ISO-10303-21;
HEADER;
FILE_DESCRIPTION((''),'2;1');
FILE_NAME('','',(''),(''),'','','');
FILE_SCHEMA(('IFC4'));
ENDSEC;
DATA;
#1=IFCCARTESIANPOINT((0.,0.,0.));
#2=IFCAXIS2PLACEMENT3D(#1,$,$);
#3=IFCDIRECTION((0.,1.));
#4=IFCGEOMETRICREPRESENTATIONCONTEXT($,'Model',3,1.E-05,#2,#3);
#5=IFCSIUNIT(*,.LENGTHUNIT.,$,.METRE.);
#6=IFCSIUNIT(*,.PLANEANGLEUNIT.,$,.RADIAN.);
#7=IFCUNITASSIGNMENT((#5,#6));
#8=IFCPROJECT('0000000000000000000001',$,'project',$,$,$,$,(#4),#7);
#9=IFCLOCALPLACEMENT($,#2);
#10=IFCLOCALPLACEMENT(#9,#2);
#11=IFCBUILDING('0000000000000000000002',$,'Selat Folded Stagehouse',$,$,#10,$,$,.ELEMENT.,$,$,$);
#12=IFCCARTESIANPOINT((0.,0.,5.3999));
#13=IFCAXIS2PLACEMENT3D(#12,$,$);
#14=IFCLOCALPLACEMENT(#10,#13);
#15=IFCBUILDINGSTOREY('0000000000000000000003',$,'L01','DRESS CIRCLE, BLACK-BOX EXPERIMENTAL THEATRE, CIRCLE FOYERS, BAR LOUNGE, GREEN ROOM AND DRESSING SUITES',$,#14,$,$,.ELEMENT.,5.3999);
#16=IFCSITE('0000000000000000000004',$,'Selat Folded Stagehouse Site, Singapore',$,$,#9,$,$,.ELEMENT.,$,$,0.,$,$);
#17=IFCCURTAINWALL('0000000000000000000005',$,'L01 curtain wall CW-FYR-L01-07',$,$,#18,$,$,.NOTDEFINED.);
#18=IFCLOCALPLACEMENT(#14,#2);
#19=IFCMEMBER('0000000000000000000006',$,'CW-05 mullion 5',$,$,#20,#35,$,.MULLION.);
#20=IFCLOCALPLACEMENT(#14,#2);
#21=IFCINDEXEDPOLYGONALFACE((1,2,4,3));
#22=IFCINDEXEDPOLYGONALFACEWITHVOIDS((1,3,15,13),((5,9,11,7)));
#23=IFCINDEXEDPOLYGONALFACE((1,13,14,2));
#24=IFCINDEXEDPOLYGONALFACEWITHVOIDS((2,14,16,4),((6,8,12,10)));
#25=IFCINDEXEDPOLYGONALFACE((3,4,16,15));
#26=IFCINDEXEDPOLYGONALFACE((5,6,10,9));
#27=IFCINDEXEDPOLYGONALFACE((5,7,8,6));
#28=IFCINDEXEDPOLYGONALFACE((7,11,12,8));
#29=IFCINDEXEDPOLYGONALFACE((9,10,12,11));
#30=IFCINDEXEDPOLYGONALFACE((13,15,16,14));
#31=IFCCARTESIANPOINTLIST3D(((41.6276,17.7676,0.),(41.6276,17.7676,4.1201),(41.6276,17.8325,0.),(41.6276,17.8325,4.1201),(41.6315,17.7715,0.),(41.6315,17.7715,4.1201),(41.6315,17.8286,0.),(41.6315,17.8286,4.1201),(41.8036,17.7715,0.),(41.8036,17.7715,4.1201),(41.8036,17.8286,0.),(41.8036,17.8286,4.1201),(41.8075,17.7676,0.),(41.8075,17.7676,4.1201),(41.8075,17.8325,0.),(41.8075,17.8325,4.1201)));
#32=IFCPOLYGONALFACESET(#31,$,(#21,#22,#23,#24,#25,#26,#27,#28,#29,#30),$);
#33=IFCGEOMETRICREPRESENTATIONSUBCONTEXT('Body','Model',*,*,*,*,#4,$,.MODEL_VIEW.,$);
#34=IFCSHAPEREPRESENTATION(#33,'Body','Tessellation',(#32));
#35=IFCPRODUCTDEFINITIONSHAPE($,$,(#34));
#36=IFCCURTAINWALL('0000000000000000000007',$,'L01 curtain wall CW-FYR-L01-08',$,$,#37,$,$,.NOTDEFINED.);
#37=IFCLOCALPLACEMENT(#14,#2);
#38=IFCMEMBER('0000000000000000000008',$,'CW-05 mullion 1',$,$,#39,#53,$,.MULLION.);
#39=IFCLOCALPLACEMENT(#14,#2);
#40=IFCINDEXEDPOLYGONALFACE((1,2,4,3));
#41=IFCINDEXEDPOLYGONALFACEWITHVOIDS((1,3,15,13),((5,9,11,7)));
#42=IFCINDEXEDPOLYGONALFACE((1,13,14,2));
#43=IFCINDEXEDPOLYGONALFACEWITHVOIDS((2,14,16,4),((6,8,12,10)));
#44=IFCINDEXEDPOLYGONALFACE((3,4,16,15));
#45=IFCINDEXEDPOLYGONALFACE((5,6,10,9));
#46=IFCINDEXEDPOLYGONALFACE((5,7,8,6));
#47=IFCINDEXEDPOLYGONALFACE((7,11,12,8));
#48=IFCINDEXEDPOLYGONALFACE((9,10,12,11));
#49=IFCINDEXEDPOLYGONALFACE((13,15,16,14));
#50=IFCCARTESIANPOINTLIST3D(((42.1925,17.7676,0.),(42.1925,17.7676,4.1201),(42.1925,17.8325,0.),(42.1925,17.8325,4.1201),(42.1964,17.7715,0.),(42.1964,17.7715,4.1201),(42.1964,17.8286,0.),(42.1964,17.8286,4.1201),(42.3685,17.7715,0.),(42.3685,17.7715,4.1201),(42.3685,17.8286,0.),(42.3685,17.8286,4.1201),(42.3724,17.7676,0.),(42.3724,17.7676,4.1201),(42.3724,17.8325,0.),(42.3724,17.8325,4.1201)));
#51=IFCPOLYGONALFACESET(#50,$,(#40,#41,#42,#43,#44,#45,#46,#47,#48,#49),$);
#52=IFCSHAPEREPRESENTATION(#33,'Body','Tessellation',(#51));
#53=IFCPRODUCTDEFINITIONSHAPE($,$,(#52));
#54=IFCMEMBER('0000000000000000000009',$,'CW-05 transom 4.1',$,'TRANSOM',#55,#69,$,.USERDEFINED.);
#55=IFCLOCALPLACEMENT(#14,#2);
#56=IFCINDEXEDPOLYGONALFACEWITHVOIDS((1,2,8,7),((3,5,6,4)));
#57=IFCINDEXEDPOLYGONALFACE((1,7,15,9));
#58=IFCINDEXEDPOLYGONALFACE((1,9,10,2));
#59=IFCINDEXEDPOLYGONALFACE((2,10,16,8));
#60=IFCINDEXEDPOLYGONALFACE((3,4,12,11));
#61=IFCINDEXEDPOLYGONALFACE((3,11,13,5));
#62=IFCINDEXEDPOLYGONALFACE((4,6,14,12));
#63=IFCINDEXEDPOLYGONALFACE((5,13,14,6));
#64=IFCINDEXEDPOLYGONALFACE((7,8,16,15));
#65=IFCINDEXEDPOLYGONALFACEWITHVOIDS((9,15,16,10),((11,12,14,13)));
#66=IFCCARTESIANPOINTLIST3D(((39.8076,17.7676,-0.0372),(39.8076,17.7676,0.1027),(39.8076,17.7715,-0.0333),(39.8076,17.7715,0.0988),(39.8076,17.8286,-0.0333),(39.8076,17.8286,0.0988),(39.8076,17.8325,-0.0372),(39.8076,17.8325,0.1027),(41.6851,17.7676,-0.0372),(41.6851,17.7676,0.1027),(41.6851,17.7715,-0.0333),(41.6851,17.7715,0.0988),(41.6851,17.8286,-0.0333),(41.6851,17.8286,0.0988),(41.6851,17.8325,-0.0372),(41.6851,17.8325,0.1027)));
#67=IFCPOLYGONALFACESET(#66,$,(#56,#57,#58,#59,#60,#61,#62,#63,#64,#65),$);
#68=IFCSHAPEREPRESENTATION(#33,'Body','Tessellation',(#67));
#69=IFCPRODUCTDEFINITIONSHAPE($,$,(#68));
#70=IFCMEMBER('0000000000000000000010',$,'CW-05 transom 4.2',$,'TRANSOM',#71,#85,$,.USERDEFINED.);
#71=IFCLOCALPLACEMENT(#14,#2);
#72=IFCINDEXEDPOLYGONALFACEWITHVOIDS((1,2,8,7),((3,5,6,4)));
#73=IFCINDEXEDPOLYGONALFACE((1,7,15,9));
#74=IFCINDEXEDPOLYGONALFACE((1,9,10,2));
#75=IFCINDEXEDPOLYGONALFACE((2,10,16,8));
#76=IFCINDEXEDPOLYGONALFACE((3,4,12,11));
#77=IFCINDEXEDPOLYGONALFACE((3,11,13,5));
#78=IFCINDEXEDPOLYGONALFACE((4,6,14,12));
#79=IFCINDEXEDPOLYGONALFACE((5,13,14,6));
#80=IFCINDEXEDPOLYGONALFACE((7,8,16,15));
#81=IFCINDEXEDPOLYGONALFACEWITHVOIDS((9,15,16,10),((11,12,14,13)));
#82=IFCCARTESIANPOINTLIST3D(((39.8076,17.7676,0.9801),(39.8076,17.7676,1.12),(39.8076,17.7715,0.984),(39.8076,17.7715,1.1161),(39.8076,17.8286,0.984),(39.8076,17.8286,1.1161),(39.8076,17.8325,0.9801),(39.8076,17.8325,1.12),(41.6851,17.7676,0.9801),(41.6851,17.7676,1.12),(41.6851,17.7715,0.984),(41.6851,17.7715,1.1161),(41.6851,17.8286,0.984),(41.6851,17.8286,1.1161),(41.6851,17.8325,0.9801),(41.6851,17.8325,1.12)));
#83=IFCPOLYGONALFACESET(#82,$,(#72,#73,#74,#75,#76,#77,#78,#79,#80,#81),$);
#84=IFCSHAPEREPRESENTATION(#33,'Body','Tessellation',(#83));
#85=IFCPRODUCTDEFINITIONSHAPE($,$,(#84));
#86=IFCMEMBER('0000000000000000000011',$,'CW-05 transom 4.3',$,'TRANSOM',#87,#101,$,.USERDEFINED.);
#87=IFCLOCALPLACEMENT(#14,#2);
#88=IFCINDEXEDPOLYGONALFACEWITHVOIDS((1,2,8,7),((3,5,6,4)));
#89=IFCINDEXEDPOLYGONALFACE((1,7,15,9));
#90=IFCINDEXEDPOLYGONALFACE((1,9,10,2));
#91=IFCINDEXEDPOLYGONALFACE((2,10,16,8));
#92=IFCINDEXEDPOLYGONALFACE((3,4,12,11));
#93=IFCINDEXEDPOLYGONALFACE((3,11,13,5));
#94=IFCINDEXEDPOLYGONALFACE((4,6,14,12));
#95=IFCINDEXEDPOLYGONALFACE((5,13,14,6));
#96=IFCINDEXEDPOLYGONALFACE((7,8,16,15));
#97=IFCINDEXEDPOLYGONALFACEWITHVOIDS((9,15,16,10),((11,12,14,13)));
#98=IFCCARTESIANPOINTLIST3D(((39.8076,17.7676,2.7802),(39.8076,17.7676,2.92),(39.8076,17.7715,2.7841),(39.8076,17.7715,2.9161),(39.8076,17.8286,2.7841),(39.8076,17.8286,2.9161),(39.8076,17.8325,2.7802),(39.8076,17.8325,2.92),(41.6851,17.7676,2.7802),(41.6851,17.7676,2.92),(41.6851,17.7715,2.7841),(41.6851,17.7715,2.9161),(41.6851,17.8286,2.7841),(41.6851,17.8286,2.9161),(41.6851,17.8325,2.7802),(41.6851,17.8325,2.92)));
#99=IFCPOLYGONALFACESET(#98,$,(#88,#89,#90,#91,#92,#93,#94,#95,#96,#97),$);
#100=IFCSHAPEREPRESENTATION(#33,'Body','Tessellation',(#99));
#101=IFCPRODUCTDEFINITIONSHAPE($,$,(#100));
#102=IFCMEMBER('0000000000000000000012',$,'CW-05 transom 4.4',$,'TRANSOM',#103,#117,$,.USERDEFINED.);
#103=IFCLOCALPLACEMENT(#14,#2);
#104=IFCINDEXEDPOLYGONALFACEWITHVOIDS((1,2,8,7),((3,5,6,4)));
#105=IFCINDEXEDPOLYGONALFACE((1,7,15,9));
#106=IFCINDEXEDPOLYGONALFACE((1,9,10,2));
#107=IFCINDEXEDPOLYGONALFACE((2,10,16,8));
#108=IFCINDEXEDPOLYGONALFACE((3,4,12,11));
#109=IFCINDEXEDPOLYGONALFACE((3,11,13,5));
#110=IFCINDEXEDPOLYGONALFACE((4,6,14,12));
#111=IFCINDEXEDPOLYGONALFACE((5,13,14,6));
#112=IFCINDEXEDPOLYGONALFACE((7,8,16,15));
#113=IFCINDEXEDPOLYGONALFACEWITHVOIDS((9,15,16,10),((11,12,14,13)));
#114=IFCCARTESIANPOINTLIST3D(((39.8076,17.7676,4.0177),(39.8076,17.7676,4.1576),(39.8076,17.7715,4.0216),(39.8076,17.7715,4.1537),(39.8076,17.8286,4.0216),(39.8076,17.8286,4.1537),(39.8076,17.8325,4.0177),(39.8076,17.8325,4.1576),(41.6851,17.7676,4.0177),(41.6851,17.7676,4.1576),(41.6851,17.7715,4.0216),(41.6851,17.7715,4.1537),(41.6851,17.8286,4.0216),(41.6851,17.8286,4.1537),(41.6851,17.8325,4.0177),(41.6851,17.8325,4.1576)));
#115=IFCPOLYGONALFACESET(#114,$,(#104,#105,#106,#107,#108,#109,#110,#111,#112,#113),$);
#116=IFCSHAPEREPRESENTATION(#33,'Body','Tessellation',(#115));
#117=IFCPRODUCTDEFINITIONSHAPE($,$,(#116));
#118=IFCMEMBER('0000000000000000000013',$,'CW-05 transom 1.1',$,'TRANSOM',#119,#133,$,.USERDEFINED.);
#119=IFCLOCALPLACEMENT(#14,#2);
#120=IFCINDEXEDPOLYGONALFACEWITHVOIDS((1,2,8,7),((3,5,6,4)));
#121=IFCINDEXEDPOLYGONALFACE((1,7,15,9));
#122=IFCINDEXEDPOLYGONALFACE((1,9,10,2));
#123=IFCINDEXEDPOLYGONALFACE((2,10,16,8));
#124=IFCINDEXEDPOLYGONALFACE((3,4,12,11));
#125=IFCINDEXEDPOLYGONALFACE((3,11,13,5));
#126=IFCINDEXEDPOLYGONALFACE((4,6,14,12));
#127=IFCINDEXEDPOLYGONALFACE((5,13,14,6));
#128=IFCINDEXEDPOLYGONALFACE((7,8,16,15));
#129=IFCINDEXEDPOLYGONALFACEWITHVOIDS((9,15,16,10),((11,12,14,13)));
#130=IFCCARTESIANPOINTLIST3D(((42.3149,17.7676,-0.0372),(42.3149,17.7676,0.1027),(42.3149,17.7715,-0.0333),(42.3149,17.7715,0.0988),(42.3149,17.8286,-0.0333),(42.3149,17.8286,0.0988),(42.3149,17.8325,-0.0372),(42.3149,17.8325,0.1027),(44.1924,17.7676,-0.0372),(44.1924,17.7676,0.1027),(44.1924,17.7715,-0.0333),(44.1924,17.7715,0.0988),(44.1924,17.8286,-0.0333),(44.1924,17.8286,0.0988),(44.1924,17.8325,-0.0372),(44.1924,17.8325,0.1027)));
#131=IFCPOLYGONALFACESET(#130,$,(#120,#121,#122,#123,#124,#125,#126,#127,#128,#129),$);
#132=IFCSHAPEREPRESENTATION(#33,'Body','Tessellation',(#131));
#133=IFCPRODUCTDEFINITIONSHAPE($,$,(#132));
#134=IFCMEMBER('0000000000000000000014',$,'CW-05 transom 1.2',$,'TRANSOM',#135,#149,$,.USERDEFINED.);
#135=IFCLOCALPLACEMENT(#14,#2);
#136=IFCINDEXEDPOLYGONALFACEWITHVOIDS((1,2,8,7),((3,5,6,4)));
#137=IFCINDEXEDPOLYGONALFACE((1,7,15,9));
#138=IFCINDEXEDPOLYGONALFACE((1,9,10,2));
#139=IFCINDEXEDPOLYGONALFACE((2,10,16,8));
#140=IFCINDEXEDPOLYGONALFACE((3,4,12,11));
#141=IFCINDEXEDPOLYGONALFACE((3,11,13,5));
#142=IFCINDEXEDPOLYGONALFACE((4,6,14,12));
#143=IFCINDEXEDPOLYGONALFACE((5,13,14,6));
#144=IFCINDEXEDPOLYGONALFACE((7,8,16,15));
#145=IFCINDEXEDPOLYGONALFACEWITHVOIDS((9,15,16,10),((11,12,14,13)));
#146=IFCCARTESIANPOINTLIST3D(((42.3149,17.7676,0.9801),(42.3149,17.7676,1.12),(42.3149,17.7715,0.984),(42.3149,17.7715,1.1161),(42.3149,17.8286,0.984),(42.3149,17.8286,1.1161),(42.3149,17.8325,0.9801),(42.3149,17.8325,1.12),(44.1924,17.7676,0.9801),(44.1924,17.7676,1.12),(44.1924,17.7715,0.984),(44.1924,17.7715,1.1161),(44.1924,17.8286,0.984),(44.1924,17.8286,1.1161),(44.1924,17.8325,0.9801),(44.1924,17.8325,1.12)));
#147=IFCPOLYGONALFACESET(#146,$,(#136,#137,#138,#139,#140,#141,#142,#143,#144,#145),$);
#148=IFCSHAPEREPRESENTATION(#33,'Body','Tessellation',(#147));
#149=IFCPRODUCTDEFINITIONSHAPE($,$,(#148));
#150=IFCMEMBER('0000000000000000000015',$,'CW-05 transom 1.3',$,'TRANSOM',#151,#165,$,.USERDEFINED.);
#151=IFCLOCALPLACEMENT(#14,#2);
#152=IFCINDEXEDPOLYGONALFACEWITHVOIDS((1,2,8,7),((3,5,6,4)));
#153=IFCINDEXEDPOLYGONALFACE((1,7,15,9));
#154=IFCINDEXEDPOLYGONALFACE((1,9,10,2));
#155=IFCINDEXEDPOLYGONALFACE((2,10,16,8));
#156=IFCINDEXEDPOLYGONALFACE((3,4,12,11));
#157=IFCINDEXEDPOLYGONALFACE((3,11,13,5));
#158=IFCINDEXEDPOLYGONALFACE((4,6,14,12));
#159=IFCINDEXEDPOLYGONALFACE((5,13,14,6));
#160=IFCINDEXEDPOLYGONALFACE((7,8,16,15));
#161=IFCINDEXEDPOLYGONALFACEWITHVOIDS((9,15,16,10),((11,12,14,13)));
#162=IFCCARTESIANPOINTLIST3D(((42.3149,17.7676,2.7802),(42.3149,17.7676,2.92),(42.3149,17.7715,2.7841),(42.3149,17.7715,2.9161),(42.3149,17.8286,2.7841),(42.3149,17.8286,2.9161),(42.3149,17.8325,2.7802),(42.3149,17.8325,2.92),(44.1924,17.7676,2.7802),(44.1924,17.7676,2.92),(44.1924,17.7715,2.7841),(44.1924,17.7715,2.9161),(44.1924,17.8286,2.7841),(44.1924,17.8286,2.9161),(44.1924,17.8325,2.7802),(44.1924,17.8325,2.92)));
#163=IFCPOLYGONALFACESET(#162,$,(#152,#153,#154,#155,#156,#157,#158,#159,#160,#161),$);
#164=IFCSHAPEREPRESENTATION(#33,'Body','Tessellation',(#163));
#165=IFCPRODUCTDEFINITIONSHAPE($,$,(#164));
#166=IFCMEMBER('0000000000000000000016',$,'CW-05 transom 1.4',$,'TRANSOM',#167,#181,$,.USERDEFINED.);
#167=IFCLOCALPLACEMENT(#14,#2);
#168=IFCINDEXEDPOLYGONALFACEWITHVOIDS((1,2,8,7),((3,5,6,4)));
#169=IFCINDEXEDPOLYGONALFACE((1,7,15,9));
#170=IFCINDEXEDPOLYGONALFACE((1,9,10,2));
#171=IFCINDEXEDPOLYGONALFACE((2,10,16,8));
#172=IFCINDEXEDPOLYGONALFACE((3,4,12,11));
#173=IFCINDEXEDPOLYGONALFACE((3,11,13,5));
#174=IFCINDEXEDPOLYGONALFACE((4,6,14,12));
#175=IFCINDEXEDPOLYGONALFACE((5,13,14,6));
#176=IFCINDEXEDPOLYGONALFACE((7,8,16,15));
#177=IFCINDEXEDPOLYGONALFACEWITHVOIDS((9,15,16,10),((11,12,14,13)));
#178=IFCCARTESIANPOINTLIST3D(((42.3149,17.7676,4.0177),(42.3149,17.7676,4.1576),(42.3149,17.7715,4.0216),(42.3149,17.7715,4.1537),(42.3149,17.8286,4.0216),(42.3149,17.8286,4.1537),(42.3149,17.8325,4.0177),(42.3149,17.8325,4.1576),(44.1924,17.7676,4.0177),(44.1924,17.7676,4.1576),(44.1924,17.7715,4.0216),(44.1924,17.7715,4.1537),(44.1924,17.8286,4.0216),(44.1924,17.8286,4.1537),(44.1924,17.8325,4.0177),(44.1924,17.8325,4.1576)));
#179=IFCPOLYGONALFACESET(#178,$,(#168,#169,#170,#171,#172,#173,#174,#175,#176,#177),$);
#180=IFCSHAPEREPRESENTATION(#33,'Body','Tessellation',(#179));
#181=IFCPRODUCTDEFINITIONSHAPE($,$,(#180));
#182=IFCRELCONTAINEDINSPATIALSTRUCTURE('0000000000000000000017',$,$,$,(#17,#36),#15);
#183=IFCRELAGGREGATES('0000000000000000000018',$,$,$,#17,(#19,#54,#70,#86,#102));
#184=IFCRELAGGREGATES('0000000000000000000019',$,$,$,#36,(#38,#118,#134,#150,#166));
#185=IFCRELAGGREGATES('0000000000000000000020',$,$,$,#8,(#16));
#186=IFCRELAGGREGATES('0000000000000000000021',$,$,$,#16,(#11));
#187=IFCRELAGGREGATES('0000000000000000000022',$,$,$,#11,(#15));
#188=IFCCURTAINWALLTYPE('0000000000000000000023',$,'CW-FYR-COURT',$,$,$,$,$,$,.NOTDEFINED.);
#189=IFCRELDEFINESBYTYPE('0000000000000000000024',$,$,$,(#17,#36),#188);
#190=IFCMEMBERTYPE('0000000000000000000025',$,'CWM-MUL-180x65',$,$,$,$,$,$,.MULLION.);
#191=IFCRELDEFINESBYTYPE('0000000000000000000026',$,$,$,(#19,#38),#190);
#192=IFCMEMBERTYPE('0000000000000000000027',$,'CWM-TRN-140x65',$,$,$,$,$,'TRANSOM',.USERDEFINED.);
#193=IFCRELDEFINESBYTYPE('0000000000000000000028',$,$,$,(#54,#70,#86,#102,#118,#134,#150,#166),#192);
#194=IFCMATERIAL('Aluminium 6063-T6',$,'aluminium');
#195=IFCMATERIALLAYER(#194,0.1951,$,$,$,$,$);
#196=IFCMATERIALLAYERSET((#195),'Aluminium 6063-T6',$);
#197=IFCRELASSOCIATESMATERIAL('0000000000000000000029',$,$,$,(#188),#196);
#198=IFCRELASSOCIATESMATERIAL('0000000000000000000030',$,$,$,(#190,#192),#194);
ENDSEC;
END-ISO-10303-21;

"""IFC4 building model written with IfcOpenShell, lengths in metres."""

from ifc_helpers import new_model, si_unit, direction, frame, origin, origin_2d, place, context, subcontext, project, spatial, hollow_rectangle, extrude, material, layer, layer_set, material_profile, profile_set, type_object, element, aggregate, save


model = new_model("IFC4")

# Units and contexts
model_context = context("Model", 3, precision=1e-05, world=origin(), true_north=direction((0.0, 1.0)))
body_context = subcontext(model_context, "Body", "Model", "MODEL_VIEW")
ifc_project = project(units=[si_unit("LENGTHUNIT", "METRE"), si_unit("PLANEANGLEUNIT", "RADIAN")], contexts=[model_context])

# Site, building, storey
site_placement = place(None, origin())
site = spatial("IfcSite", under=ifc_project, at=site_placement, Name="Selat Folded Stagehouse Site, Singapore", CompositionType="ELEMENT", RefElevation=0.0)
building_placement = place(site_placement, origin())
building = spatial("IfcBuilding", under=site, at=building_placement, Name="Selat Folded Stagehouse", CompositionType="ELEMENT")
storey_placement = place(building_placement, frame((0.0, 0.0, 5.3999)))
storey = spatial("IfcBuildingStorey", under=building, at=storey_placement, Name="L01", Description="DRESS CIRCLE, BLACK-BOX EXPERIMENTAL THEATRE, CIRCLE FOYERS, BAR LOUNGE, GREEN ROOM AND DRESSING SUITES", CompositionType="ELEMENT", Elevation=5.3999)

# Curtain walls, members
ifc_material_1 = material(Name="Aluminium 6063-T6", Category="aluminium")
ifc_layer_1 = layer(ifc_material_1, 0.1951)
ifc_layer_set_1 = layer_set([ifc_layer_1], Name="Aluminium 6063-T6")
curtain_wall_type = type_object("IfcCurtainWallType", Name="CW-FYR-COURT", PredefinedType="NOTDEFINED", material=ifc_layer_set_1)
curtain_wall_1_placement = place(storey_placement, origin())
curtain_wall_1 = element("IfcCurtainWall", 1, at=curtain_wall_1_placement, inside=storey, type_object=curtain_wall_type, Name="L01 curtain wall CW-FYR-L01-07", PredefinedType="NOTDEFINED")
ifc_material_profile_1 = material_profile(ifc_material_1, hollow_rectangle(XDim=0.0649, YDim=0.1799, WallThickness=0.0039, at=origin_2d()), Name="ALU 180x65x4.0")
ifc_profile_set_1 = profile_set([ifc_material_profile_1], Name="Aluminium 6063-T6")
member_type_1 = type_object("IfcMemberType", Name="CWM-MUL-180x65", PredefinedType="MULLION", material=ifc_profile_set_1)
member_1_placement = place(storey_placement, frame((41.7175, 17.8, 0.0), z_axis=(0.0, 0.0, 1.0), x_axis=(0.0, 1.0, 0.0)))
member_1 = element("IfcMember", 2, at=member_1_placement, type_object=member_type_1, Name="CW-05 mullion 5", PredefinedType="MULLION", context=body_context, shape_type="SweptSolid", body=[
    extrude(hollow_rectangle(XDim=0.0649, YDim=0.1799, WallThickness=0.0039, at=origin_2d()), origin(), (0.0, 0.0, 1.0), 4.1201),
])
curtain_wall_2_placement = place(storey_placement, origin())
curtain_wall_2 = element("IfcCurtainWall", 3, at=curtain_wall_2_placement, inside=storey, type_object=curtain_wall_type, Name="L01 curtain wall CW-FYR-L01-08", PredefinedType="NOTDEFINED")
member_2_placement = place(storey_placement, frame((42.2825, 17.8, 0.0), z_axis=(0.0, 0.0, 1.0), x_axis=(0.0, 1.0, 0.0)))
member_2 = element("IfcMember", 4, at=member_2_placement, type_object=member_type_1, Name="CW-05 mullion 1", PredefinedType="MULLION", context=body_context, shape_type="SweptSolid", body=[
    extrude(hollow_rectangle(XDim=0.0649, YDim=0.1799, WallThickness=0.0039, at=origin_2d()), origin(), (0.0, 0.0, 1.0), 4.1201),
])

# Members
ifc_material_profile_2 = material_profile(ifc_material_1, hollow_rectangle(XDim=0.0649, YDim=0.1399, WallThickness=0.0039, at=origin_2d()), Name="ALU 140x65x4.0")
ifc_profile_set_2 = profile_set([ifc_material_profile_2], Name="Aluminium 6063-T6")
member_type_2 = type_object("IfcMemberType", Name="CWM-TRN-140x65", ElementType="TRANSOM", PredefinedType="USERDEFINED", material=ifc_profile_set_2)
member_3_placement = place(storey_placement, frame((39.8076, 17.8, 0.0327), z_axis=(1.0, 0.0, 0.0), x_axis=(0.0, 1.0, 0.0)))
member_3 = element("IfcMember", 5, at=member_3_placement, type_object=member_type_2, Name="CW-05 transom 4.1", ObjectType="TRANSOM", PredefinedType="USERDEFINED", context=body_context, shape_type="SweptSolid", body=[
    extrude(hollow_rectangle(XDim=0.0649, YDim=0.1399, WallThickness=0.0039, at=origin_2d()), origin(), (0.0, 0.0, 1.0), 1.8774),
])
member_4_placement = place(storey_placement, frame((39.8076, 17.8, 1.05), z_axis=(1.0, 0.0, 0.0), x_axis=(0.0, 1.0, 0.0)))
member_4 = element("IfcMember", 6, at=member_4_placement, type_object=member_type_2, Name="CW-05 transom 4.2", ObjectType="TRANSOM", PredefinedType="USERDEFINED", context=body_context, shape_type="SweptSolid", body=[
    extrude(hollow_rectangle(XDim=0.0649, YDim=0.1399, WallThickness=0.0039, at=origin_2d()), origin(), (0.0, 0.0, 1.0), 1.8774),
])
member_5_placement = place(storey_placement, frame((39.8076, 17.8, 2.8501), z_axis=(1.0, 0.0, 0.0), x_axis=(0.0, 1.0, 0.0)))
member_5 = element("IfcMember", 7, at=member_5_placement, type_object=member_type_2, Name="CW-05 transom 4.3", ObjectType="TRANSOM", PredefinedType="USERDEFINED", context=body_context, shape_type="SweptSolid", body=[
    extrude(hollow_rectangle(XDim=0.0649, YDim=0.1399, WallThickness=0.0039, at=origin_2d()), origin(), (0.0, 0.0, 1.0), 1.8774),
])
member_6_placement = place(storey_placement, frame((39.8076, 17.8, 4.0876), z_axis=(1.0, 0.0, 0.0), x_axis=(0.0, 1.0, 0.0)))
member_6 = element("IfcMember", 8, at=member_6_placement, type_object=member_type_2, Name="CW-05 transom 4.4", ObjectType="TRANSOM", PredefinedType="USERDEFINED", context=body_context, shape_type="SweptSolid", body=[
    extrude(hollow_rectangle(XDim=0.0649, YDim=0.1399, WallThickness=0.0039, at=origin_2d()), origin(), (0.0, 0.0, 1.0), 1.8774),
])
member_7_placement = place(storey_placement, frame((42.3149, 17.8, 0.0327), z_axis=(1.0, 0.0, 0.0), x_axis=(0.0, 1.0, 0.0)))
member_7 = element("IfcMember", 9, at=member_7_placement, type_object=member_type_2, Name="CW-05 transom 1.1", ObjectType="TRANSOM", PredefinedType="USERDEFINED", context=body_context, shape_type="SweptSolid", body=[
    extrude(hollow_rectangle(XDim=0.0649, YDim=0.1399, WallThickness=0.0039, at=origin_2d()), origin(), (0.0, 0.0, 1.0), 1.8774),
])
member_8_placement = place(storey_placement, frame((42.3149, 17.8, 1.05), z_axis=(1.0, 0.0, 0.0), x_axis=(0.0, 1.0, 0.0)))
member_8 = element("IfcMember", 10, at=member_8_placement, type_object=member_type_2, Name="CW-05 transom 1.2", ObjectType="TRANSOM", PredefinedType="USERDEFINED", context=body_context, shape_type="SweptSolid", body=[
    extrude(hollow_rectangle(XDim=0.0649, YDim=0.1399, WallThickness=0.0039, at=origin_2d()), origin(), (0.0, 0.0, 1.0), 1.8774),
])
member_9_placement = place(storey_placement, frame((42.3149, 17.8, 2.8501), z_axis=(1.0, 0.0, 0.0), x_axis=(0.0, 1.0, 0.0)))
member_9 = element("IfcMember", 11, at=member_9_placement, type_object=member_type_2, Name="CW-05 transom 1.3", ObjectType="TRANSOM", PredefinedType="USERDEFINED", context=body_context, shape_type="SweptSolid", body=[
    extrude(hollow_rectangle(XDim=0.0649, YDim=0.1399, WallThickness=0.0039, at=origin_2d()), origin(), (0.0, 0.0, 1.0), 1.8774),
])
member_10_placement = place(storey_placement, frame((42.3149, 17.8, 4.0876), z_axis=(1.0, 0.0, 0.0), x_axis=(0.0, 1.0, 0.0)))
member_10 = element("IfcMember", 12, at=member_10_placement, type_object=member_type_2, Name="CW-05 transom 1.4", ObjectType="TRANSOM", PredefinedType="USERDEFINED", context=body_context, shape_type="SweptSolid", body=[
    extrude(hollow_rectangle(XDim=0.0649, YDim=0.1399, WallThickness=0.0039, at=origin_2d()), origin(), (0.0, 0.0, 1.0), 1.8774),
])

aggregate(curtain_wall_1, [member_1, member_3, member_4, member_5, member_6])
aggregate(curtain_wall_2, [member_2, member_7, member_8, member_9, member_10])

save(model, "model.ifc")
